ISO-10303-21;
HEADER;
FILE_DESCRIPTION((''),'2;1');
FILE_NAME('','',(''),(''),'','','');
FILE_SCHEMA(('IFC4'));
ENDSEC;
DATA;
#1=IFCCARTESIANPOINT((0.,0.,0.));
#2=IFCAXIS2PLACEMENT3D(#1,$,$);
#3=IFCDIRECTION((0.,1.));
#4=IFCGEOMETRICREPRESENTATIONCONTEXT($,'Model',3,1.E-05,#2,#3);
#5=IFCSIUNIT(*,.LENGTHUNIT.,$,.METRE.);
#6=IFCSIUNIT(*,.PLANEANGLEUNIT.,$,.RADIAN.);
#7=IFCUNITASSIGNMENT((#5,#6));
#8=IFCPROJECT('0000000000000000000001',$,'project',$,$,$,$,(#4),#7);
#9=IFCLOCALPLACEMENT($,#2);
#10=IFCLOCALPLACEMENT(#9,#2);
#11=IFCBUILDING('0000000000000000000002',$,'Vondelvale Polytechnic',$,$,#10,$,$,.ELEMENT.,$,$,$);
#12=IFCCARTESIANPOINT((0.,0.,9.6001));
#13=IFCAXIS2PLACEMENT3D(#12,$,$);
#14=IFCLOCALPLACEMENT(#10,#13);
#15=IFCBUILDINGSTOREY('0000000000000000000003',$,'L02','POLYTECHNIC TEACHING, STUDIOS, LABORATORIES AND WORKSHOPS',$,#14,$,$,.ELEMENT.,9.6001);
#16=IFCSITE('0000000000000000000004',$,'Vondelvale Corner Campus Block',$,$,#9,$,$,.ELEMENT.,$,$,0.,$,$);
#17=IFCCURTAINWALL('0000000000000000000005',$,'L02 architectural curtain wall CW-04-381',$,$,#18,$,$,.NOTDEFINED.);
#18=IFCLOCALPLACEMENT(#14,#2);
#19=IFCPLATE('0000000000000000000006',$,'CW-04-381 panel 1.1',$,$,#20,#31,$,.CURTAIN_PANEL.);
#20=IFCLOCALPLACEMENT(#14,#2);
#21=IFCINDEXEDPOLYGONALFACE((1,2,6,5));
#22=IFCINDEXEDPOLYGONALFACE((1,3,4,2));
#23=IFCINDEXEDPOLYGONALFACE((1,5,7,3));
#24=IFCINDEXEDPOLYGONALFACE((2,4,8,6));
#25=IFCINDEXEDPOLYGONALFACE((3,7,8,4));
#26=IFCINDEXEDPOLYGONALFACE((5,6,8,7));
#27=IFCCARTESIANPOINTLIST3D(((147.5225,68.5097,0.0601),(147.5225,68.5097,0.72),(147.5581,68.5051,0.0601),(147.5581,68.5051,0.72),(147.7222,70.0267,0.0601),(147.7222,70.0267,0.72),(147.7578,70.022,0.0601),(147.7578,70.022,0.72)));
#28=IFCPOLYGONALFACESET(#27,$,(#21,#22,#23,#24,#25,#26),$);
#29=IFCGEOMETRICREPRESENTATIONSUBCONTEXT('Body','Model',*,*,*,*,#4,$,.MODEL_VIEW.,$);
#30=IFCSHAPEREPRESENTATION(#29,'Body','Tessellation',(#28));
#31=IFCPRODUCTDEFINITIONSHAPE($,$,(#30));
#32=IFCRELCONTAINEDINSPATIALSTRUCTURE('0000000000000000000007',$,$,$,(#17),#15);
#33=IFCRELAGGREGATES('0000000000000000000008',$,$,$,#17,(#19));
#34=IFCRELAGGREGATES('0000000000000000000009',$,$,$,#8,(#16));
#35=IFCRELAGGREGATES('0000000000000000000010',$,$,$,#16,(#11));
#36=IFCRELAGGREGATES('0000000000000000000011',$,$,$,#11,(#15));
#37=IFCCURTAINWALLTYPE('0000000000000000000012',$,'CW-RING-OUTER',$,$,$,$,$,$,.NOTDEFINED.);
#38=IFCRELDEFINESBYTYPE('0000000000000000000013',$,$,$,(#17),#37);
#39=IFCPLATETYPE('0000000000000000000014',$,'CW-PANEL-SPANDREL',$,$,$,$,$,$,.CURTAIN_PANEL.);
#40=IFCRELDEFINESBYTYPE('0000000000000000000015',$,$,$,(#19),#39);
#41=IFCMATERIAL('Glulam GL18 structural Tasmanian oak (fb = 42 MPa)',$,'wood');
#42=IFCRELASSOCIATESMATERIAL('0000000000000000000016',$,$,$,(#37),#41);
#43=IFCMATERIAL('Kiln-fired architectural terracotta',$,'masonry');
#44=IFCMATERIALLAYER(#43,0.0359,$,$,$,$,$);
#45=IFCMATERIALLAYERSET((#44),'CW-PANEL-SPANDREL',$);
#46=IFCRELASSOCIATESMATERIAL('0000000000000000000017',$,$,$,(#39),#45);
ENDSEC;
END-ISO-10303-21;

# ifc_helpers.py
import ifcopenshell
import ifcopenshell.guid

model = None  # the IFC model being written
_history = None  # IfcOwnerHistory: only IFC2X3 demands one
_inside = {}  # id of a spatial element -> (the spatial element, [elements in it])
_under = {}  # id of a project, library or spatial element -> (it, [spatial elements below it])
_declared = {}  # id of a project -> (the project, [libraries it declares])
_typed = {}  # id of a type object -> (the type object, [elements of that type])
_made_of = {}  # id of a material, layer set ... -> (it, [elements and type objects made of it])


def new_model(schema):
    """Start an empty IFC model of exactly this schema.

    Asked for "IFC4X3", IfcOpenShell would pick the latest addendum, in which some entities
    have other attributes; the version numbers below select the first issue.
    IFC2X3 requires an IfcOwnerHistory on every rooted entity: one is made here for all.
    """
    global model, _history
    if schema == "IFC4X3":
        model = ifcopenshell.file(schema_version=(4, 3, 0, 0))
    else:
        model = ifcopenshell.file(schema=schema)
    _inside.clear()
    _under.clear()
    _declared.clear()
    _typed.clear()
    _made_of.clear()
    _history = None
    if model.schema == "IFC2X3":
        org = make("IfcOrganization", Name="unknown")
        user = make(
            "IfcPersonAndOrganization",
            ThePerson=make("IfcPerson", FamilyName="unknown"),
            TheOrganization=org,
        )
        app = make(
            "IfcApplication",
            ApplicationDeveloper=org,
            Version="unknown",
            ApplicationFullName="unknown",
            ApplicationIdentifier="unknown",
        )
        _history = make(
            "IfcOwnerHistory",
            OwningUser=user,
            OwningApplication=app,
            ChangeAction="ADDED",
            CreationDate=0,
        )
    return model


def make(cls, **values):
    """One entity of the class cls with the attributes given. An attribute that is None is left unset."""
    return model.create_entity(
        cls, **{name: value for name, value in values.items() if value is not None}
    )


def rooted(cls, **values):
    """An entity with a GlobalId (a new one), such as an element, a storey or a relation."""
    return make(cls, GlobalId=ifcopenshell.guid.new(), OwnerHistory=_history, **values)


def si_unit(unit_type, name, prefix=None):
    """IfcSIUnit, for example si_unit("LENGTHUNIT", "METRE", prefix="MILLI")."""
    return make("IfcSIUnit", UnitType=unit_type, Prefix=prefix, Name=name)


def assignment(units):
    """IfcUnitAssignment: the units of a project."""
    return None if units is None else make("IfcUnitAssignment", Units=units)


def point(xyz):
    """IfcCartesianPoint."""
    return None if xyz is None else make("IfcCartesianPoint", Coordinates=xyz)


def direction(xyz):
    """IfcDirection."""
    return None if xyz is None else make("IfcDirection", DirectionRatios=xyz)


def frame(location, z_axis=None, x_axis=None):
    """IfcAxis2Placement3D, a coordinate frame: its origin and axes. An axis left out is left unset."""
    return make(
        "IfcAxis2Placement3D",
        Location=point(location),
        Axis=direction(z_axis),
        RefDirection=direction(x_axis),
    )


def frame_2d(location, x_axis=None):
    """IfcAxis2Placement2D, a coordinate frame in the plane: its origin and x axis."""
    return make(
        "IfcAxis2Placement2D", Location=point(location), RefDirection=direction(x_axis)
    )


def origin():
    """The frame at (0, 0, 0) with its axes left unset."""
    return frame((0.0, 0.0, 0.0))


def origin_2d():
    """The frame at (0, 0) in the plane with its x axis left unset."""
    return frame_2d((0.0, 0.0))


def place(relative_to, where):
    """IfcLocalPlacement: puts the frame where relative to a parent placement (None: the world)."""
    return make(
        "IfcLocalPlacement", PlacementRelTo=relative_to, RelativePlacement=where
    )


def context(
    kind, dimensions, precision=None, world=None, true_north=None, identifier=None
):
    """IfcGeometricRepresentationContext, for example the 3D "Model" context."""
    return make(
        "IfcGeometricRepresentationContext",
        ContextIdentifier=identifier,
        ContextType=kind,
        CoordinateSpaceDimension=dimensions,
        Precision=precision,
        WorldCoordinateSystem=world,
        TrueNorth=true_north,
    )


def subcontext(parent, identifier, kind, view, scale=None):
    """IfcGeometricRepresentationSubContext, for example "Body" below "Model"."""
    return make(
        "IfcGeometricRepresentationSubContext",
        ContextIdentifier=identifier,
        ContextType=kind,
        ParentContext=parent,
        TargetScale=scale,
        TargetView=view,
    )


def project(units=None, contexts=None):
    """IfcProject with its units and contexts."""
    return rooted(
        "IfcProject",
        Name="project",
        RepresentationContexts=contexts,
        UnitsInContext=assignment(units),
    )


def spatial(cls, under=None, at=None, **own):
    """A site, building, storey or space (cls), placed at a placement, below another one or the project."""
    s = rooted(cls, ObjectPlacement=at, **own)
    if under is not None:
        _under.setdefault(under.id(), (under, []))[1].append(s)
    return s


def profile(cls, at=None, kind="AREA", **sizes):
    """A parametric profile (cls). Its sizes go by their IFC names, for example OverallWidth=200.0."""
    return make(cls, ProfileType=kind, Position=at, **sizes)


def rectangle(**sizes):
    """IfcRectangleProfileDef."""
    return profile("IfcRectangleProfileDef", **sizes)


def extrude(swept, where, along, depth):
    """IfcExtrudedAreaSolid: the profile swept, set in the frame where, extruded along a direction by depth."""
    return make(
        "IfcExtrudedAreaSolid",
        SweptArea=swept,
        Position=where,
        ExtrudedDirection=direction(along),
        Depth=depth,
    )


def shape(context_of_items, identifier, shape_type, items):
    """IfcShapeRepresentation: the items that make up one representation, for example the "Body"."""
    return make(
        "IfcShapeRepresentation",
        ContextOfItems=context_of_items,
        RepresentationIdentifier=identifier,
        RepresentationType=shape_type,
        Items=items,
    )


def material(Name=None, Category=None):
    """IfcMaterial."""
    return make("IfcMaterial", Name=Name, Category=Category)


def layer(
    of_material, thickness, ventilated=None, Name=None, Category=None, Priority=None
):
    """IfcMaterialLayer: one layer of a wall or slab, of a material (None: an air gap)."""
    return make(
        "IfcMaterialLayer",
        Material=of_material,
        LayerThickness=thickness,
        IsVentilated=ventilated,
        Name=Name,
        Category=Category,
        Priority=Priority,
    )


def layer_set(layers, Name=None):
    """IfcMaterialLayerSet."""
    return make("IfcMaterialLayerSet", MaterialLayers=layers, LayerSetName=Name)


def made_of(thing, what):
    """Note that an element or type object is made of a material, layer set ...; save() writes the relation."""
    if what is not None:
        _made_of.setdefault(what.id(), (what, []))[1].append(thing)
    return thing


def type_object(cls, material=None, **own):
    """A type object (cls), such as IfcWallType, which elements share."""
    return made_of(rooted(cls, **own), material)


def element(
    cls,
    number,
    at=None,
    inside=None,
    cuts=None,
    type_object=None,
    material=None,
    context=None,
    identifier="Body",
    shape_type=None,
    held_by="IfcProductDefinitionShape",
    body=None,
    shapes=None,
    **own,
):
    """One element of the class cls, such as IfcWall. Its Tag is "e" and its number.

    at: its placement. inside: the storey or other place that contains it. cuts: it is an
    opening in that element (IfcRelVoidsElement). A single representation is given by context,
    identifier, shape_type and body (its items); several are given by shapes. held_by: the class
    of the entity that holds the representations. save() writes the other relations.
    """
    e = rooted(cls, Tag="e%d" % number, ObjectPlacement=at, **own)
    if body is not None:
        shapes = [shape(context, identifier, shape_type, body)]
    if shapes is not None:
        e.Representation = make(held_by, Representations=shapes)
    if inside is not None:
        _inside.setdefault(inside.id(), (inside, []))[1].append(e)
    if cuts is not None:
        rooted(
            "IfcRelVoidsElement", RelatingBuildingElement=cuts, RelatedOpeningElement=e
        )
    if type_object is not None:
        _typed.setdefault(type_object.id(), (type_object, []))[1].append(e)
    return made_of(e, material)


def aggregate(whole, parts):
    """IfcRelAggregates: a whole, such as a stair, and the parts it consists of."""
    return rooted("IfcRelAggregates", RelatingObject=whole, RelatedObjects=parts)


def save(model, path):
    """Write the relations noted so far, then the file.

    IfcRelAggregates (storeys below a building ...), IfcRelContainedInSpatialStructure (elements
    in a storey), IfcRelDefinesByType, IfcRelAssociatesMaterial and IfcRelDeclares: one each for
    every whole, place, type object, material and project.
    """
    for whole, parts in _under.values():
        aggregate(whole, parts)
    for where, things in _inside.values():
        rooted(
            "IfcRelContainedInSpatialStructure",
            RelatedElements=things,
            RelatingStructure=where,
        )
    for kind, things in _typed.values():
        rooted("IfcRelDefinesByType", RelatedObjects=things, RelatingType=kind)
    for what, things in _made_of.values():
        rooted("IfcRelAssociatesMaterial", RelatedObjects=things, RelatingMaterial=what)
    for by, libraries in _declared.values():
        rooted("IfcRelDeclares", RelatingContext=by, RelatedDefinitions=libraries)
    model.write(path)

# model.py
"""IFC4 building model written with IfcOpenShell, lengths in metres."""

from ifc_helpers import new_model, si_unit, direction, frame, origin, origin_2d, place, context, subcontext, project, spatial, rectangle, extrude, material, layer, layer_set, type_object, element, aggregate, save


model = new_model("IFC4")

# Units and contexts
model_context = context("Model", 3, precision=1e-05, world=origin(), true_north=direction((0.0, 1.0)))
body_context = subcontext(model_context, "Body", "Model", "MODEL_VIEW")
ifc_project = project(units=[si_unit("LENGTHUNIT", "METRE"), si_unit("PLANEANGLEUNIT", "RADIAN")], contexts=[model_context])

# Site, building, storey
site_placement = place(None, origin())
site = spatial("IfcSite", under=ifc_project, at=site_placement, Name="Vondelvale Corner Campus Block", CompositionType="ELEMENT", RefElevation=0.0)
building_placement = place(site_placement, origin())
building = spatial("IfcBuilding", under=site, at=building_placement, Name="Vondelvale Polytechnic", CompositionType="ELEMENT")
storey_placement = place(building_placement, frame((0.0, 0.0, 9.6001)))
storey = spatial("IfcBuildingStorey", under=building, at=storey_placement, Name="L02", Description="POLYTECHNIC TEACHING, STUDIOS, LABORATORIES AND WORKSHOPS", CompositionType="ELEMENT", Elevation=9.6001)

# Shared definitions
ifc_material_1 = material(Name="Glulam GL18 structural Tasmanian oak (fb = 42 MPa)", Category="wood")

# Curtain wall
curtain_wall_type = type_object("IfcCurtainWallType", Name="CW-RING-OUTER", PredefinedType="NOTDEFINED", material=ifc_material_1)
curtain_wall_1_placement = place(storey_placement, origin())
curtain_wall_1 = element("IfcCurtainWall", 1, at=curtain_wall_1_placement, inside=storey, type_object=curtain_wall_type, Name="L02 architectural curtain wall CW-04-381", PredefinedType="NOTDEFINED")

# Plate
ifc_material_2 = material(Name="Kiln-fired architectural terracotta", Category="masonry")
ifc_layer_1 = layer(ifc_material_2, 0.0359)
ifc_layer_set_1 = layer_set([ifc_layer_1], Name="CW-PANEL-SPANDREL")
plate_type_1 = type_object("IfcPlateType", Name="CW-PANEL-SPANDREL", PredefinedType="CURTAIN_PANEL", material=ifc_layer_set_1)
plate_1_placement = place(storey_placement, frame((147.6401, 69.2659, 0.0601), z_axis=(0.0, 0.0, 1.0), x_axis=(0.13054, 0.991443, 0.0)))
plate_1 = element("IfcPlate", 2, at=plate_1_placement, type_object=plate_type_1, Name="CW-04-381 panel 1.1", PredefinedType="CURTAIN_PANEL", context=body_context, shape_type="SweptSolid", body=[
    extrude(rectangle(XDim=1.53, YDim=0.0359, at=origin_2d()), origin(), (0.0, 0.0, 1.0), 0.6599),
])
aggregate(curtain_wall_1, [plate_1])

save(model, "model.ifc")
